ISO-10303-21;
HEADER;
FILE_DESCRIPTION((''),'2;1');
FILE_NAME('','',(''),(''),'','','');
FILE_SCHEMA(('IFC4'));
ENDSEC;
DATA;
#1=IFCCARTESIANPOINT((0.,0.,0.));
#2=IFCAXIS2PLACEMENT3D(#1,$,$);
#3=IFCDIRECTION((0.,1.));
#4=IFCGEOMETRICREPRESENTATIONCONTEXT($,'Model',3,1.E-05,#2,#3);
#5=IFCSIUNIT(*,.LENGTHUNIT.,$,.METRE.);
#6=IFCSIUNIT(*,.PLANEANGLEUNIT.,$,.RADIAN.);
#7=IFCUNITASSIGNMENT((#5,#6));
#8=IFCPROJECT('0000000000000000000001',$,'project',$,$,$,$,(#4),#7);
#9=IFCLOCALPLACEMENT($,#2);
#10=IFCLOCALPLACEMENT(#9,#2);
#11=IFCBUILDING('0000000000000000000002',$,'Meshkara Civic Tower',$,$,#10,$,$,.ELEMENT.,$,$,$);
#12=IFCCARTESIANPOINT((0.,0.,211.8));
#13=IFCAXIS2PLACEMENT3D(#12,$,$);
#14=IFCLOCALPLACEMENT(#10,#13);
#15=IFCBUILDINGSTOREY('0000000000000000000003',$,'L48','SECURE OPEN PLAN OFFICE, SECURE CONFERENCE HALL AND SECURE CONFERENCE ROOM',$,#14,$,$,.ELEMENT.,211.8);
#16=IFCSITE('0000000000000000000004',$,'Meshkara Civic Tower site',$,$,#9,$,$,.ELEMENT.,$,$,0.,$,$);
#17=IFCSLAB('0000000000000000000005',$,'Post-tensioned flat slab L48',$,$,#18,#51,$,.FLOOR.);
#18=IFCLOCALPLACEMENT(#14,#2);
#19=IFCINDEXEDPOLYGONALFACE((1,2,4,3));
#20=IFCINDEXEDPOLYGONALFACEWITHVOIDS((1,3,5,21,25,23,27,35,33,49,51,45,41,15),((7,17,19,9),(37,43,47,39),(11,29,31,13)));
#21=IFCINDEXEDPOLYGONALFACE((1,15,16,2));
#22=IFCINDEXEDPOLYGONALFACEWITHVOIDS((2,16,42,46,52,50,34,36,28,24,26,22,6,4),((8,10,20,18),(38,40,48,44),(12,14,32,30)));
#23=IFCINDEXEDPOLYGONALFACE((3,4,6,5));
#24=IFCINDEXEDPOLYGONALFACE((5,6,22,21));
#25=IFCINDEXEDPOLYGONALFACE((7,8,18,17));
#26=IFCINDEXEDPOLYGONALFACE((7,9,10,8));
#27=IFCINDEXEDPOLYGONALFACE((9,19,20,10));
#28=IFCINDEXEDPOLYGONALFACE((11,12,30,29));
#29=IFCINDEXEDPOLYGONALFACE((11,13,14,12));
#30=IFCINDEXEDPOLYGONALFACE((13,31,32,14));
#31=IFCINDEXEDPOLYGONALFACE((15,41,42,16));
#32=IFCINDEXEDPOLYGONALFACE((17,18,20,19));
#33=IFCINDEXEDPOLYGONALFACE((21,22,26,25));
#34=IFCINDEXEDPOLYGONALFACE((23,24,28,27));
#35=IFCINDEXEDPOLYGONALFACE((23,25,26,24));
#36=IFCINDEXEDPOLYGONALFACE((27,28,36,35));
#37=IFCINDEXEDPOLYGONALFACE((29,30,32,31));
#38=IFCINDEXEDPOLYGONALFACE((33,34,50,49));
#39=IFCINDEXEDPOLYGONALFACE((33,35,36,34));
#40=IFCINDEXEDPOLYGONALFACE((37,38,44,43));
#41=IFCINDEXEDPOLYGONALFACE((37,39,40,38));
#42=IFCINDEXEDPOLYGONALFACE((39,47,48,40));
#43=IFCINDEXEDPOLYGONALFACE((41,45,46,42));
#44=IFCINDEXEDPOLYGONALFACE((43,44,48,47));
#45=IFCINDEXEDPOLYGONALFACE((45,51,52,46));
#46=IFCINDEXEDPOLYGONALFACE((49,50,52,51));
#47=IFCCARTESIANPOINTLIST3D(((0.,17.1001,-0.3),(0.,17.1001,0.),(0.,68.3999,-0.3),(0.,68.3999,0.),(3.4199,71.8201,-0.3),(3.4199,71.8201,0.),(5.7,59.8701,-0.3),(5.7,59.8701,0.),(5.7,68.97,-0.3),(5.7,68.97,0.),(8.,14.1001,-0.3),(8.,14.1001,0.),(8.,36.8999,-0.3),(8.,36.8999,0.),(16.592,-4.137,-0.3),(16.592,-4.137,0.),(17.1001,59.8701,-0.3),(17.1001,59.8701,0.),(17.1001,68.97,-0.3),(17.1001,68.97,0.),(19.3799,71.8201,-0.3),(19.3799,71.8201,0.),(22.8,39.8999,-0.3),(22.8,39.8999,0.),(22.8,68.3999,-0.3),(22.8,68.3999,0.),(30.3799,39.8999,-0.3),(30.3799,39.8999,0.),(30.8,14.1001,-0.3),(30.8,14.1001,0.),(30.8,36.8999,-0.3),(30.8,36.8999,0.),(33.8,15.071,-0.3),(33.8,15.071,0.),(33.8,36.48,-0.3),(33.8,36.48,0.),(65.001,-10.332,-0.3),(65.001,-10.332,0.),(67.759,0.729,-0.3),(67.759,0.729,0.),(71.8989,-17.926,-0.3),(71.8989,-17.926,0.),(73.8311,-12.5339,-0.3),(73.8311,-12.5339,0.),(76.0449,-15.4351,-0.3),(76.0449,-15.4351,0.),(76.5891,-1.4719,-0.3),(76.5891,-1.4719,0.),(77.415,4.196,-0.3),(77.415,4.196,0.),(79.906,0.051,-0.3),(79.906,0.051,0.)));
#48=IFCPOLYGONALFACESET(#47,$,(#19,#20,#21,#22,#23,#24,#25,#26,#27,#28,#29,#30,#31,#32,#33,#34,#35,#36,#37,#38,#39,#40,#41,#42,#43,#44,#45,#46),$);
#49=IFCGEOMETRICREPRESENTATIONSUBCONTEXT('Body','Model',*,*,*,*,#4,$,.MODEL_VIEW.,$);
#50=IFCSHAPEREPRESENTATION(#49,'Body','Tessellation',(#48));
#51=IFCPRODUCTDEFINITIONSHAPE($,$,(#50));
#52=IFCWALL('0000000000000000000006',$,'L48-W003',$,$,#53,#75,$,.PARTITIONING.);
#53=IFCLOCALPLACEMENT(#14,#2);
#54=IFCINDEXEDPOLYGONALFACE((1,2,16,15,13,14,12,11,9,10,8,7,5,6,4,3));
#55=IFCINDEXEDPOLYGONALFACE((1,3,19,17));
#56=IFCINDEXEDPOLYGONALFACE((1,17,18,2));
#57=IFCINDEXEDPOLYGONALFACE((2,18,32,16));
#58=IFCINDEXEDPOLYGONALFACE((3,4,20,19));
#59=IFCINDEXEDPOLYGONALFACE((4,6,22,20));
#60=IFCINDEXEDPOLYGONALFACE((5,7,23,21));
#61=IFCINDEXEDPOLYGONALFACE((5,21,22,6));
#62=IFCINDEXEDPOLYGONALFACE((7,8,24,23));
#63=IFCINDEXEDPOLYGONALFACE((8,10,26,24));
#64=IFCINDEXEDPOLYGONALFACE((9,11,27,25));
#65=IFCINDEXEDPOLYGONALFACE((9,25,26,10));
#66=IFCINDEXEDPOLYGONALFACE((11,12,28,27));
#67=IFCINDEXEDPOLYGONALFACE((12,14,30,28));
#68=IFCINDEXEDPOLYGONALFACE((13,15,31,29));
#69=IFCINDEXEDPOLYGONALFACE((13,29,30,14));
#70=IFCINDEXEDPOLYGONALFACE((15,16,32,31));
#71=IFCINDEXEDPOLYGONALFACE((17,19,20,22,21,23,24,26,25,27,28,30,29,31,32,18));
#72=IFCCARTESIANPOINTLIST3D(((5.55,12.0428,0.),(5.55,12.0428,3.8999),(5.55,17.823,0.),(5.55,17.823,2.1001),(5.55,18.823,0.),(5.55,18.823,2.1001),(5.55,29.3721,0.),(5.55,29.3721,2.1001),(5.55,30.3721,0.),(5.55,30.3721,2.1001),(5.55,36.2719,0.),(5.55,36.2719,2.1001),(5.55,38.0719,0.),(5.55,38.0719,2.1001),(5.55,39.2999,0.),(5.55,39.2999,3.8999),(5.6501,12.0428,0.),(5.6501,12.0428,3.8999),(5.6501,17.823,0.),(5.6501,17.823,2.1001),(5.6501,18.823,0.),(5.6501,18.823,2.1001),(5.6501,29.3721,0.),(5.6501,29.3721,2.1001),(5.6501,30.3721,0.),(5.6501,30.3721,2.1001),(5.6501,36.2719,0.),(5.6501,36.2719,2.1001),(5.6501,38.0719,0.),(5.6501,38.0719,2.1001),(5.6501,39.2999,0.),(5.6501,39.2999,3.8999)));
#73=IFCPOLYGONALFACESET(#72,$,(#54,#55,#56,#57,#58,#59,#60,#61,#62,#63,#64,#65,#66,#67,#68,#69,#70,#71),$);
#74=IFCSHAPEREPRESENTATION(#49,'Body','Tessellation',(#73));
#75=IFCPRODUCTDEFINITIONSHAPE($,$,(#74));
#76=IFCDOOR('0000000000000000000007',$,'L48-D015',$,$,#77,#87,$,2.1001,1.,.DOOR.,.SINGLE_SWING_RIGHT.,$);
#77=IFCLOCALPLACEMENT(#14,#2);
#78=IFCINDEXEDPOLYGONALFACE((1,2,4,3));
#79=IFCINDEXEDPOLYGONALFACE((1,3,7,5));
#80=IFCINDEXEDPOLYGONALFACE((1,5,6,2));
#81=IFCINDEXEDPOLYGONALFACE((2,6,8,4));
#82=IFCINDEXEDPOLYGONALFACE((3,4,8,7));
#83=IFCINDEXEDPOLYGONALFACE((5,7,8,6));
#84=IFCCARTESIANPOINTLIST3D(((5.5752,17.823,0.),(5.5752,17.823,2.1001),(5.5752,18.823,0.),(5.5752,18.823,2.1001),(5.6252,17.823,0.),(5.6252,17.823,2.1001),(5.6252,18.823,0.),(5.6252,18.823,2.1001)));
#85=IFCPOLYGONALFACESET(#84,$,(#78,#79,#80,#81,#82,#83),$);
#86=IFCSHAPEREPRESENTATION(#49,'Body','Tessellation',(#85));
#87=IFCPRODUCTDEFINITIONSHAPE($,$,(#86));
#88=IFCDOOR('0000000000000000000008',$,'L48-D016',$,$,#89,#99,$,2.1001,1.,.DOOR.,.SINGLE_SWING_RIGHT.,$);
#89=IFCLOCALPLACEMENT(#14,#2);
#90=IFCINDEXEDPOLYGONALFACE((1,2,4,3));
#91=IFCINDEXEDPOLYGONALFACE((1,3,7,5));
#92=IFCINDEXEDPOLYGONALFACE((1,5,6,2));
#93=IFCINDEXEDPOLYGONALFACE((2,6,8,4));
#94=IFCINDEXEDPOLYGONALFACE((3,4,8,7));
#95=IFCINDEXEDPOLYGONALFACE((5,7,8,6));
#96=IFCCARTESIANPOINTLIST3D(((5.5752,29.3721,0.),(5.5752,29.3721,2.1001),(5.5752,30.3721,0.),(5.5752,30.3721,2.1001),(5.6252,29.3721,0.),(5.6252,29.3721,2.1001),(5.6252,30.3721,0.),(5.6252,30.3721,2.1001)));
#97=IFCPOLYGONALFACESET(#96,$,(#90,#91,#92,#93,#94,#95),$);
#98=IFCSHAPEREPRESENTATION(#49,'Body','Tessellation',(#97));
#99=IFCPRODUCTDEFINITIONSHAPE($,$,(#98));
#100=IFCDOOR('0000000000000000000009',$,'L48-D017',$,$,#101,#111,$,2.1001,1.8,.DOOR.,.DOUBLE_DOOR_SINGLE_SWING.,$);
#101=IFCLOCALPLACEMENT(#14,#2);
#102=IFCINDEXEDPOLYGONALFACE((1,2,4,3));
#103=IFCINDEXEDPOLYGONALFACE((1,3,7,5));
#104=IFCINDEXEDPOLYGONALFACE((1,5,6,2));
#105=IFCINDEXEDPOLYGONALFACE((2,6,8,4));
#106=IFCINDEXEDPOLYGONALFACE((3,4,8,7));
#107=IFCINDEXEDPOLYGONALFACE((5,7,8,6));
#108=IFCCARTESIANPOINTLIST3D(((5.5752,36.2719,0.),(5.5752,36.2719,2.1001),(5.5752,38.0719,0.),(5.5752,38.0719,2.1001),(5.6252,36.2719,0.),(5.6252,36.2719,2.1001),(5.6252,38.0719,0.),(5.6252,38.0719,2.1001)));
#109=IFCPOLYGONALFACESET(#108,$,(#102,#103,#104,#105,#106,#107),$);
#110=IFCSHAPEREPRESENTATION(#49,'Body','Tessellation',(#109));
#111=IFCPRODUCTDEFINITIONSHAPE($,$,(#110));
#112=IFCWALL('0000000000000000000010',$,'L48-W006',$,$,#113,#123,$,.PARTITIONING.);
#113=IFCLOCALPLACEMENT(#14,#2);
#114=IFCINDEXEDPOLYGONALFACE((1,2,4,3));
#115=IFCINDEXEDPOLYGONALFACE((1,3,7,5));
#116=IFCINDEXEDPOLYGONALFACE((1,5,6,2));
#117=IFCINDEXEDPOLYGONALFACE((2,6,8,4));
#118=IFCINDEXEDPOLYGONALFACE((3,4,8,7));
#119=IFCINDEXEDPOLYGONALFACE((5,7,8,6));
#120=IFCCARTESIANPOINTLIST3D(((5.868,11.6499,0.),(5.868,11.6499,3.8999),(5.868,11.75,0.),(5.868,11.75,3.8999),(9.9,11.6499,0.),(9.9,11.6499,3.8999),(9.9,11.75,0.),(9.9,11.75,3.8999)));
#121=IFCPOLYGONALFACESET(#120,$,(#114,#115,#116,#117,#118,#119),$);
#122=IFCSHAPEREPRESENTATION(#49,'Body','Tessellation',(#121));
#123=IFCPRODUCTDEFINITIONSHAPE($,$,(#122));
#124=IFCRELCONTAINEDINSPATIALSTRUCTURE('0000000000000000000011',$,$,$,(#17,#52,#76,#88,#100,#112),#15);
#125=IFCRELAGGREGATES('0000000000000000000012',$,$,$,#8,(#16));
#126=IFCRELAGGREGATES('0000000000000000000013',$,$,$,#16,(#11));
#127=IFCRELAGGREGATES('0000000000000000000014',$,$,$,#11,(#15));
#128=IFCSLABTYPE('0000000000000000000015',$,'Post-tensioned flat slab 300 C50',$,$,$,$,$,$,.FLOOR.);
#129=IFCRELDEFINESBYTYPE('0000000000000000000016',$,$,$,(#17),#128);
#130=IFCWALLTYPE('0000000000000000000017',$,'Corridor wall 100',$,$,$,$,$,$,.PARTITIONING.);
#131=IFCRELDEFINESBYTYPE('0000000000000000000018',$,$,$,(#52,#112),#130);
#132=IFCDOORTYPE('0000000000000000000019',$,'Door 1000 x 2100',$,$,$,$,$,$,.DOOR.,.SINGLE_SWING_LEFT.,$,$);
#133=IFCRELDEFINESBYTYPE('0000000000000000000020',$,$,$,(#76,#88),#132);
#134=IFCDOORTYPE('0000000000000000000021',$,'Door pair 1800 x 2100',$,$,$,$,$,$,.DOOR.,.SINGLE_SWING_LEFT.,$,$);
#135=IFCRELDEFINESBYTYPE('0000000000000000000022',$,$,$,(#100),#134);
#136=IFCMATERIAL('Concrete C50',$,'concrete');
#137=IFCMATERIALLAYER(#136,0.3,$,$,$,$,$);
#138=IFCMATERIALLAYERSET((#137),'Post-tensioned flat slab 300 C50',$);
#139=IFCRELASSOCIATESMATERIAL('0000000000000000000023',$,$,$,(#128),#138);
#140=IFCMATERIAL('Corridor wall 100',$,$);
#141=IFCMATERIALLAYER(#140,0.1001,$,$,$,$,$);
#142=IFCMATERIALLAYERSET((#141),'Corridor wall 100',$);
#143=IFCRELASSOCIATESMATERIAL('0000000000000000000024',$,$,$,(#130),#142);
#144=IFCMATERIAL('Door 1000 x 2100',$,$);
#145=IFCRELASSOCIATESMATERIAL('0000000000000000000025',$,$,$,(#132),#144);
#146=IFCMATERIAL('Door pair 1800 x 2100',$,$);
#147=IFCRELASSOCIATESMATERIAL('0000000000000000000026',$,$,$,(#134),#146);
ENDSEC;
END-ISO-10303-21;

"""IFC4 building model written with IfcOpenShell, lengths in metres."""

from ifc_helpers import new_model, si_unit, direction, frame, frame_2d, origin, place, context, subcontext, project, spatial, polyline, rectangle, outline, extrude, material, layer, layer_set, type_object, element, fill, save


model = new_model("IFC4")

# Units and contexts
model_context = context("Model", 3, precision=1e-05, world=origin(), true_north=direction((0.0, 1.0)))
body_context = subcontext(model_context, "Body", "Model", "MODEL_VIEW")
ifc_project = project(units=[si_unit("LENGTHUNIT", "METRE"), si_unit("PLANEANGLEUNIT", "RADIAN")], contexts=[model_context])

# Site, building, storey
site_placement = place(None, origin())
site = spatial("IfcSite", under=ifc_project, at=site_placement, Name="Meshkara Civic Tower site", CompositionType="ELEMENT", RefElevation=0.0)
building_placement = place(site_placement, origin())
building = spatial("IfcBuilding", under=site, at=building_placement, Name="Meshkara Civic Tower", CompositionType="ELEMENT")
storey_placement = place(building_placement, frame((0.0, 0.0, 211.8)))
storey = spatial("IfcBuildingStorey", under=building, at=storey_placement, Name="L48", Description="SECURE OPEN PLAN OFFICE, SECURE CONFERENCE HALL AND SECURE CONFERENCE ROOM", CompositionType="ELEMENT", Elevation=211.8)

# Slab
ifc_material_1 = material(Name="Concrete C50", Category="concrete")
ifc_layer_1 = layer(ifc_material_1, 0.3)
ifc_layer_set_1 = layer_set([ifc_layer_1], Name="Post-tensioned flat slab 300 C50")
slab_type_1 = type_object("IfcSlabType", Name="Post-tensioned flat slab 300 C50", PredefinedType="FLOOR", material=ifc_layer_set_1)
slab_1_placement = place(storey_placement, frame((0.0, 0.0, -0.3)))
element("IfcSlab", 1, at=slab_1_placement, inside=storey, type_object=slab_type_1, Name="Post-tensioned flat slab L48", PredefinedType="FLOOR", context=body_context, shape_type="SweptSolid", body=[
    extrude(outline(polyline([(76.0449, -15.4351), (71.8989, -17.926), (16.592, -4.137), (0.0, 17.1001), (0.0, 68.3999), (3.4199, 71.8201), (19.3799, 71.8201), (22.8, 68.3999), (22.8, 39.8999), (30.3799, 39.8999), (33.8, 36.48), (33.8, 15.071), (77.415, 4.196), (79.906, 0.051), (76.0449, -15.4351)]), holes=[polyline([(73.8311, -12.5339), (76.5891, -1.4719), (67.759, 0.729), (65.001, -10.332), (73.8311, -12.5339)]), polyline([(8.0, 14.1001), (30.8, 14.1001), (30.8, 36.8999), (8.0, 36.8999), (8.0, 14.1001)]), polyline([(5.7, 68.97), (5.7, 59.8701), (17.1001, 59.8701), (17.1001, 68.97), (5.7, 68.97)])]), origin(), (0.0, 0.0, 1.0), 0.3),
])

# Wall, openings, doors
ifc_material_2 = material(Name="Corridor wall 100")
ifc_layer_2 = layer(ifc_material_2, 0.1001)
ifc_layer_set_2 = layer_set([ifc_layer_2], Name="Corridor wall 100")
wall_type_1 = type_object("IfcWallType", Name="Corridor wall 100", PredefinedType="PARTITIONING", material=ifc_layer_set_2)
wall_1_placement = place(storey_placement, frame((5.6001, 12.043, 0.0), z_axis=(0.0, 0.0, 1.0), x_axis=(0.0, 1.0, 0.0)))
wall_1 = element("IfcWall", 2, at=wall_1_placement, inside=storey, type_object=wall_type_1, Name="L48-W003", PredefinedType="PARTITIONING", context=body_context, shape_type="SweptSolid", body=[
    extrude(rectangle(XDim=27.2571, YDim=0.1001, at=frame_2d((13.6284, 0.0))), origin(), (0.0, 0.0, 1.0), 3.8999),
])
opening_1_placement = place(wall_1_placement, frame((5.78, 0.0, 0.0)))
opening_1 = element("IfcOpeningElement", 3, at=opening_1_placement, cuts=wall_1, PredefinedType="OPENING", context=body_context, shape_type="SweptSolid", body=[
    extrude(rectangle(XDim=1.0, YDim=2.1001, at=frame_2d((0.5, 1.05))), frame((0.0, 0.0601, 0.0), z_axis=(0.0, -1.0, 0.0), x_axis=(1.0, 0.0, 0.0)), (0.0, 0.0, 1.0), 0.1201),
])
opening_2_placement = place(wall_1_placement, frame((17.3291, 0.0, 0.0)))
opening_2 = element("IfcOpeningElement", 4, at=opening_2_placement, cuts=wall_1, PredefinedType="OPENING", context=body_context, shape_type="SweptSolid", body=[
    extrude(rectangle(XDim=1.0, YDim=2.1001, at=frame_2d((0.5, 1.05))), frame((0.0, 0.0601, 0.0), z_axis=(0.0, -1.0, 0.0), x_axis=(1.0, 0.0, 0.0)), (0.0, 0.0, 1.0), 0.1201),
])
opening_3_placement = place(wall_1_placement, frame((24.229, 0.0, 0.0)))
opening_3 = element("IfcOpeningElement", 5, at=opening_3_placement, cuts=wall_1, PredefinedType="OPENING", context=body_context, shape_type="SweptSolid", body=[
    extrude(rectangle(XDim=1.8, YDim=2.1001, at=frame_2d((0.8999, 1.05))), frame((0.0, 0.0601, 0.0), z_axis=(0.0, -1.0, 0.0), x_axis=(1.0, 0.0, 0.0)), (0.0, 0.0, 1.0), 0.1201),
])
ifc_material_3 = material(Name="Door 1000 x 2100")
door_type_1 = type_object("IfcDoorType", Name="Door 1000 x 2100", OperationType="SINGLE_SWING_LEFT", PredefinedType="DOOR", material=ifc_material_3)
door_1_placement = place(opening_1_placement, origin())
door_1 = element("IfcDoor", 6, at=door_1_placement, inside=storey, type_object=door_type_1, Name="L48-D015", OperationType="SINGLE_SWING_RIGHT", OverallHeight=2.1001, OverallWidth=1.0, PredefinedType="DOOR", context=body_context, shape_type="SweptSolid", body=[
    extrude(rectangle(XDim=1.0, YDim=2.1001, at=frame_2d((0.5, 1.05))), frame((0.0, 0.0249, 0.0), z_axis=(0.0, -1.0, 0.0), x_axis=(1.0, 0.0, 0.0)), (0.0, 0.0, 1.0), 0.05),
])
fill(opening_1, door_1)
door_2_placement = place(opening_2_placement, origin())
door_2 = element("IfcDoor", 7, at=door_2_placement, inside=storey, type_object=door_type_1, Name="L48-D016", OperationType="SINGLE_SWING_RIGHT", OverallHeight=2.1001, OverallWidth=1.0, PredefinedType="DOOR", context=body_context, shape_type="SweptSolid", body=[
    extrude(rectangle(XDim=1.0, YDim=2.1001, at=frame_2d((0.5, 1.05))), frame((0.0, 0.0249, 0.0), z_axis=(0.0, -1.0, 0.0), x_axis=(1.0, 0.0, 0.0)), (0.0, 0.0, 1.0), 0.05),
])
fill(opening_2, door_2)
ifc_material_4 = material(Name="Door pair 1800 x 2100")
door_type_2 = type_object("IfcDoorType", Name="Door pair 1800 x 2100", OperationType="SINGLE_SWING_LEFT", PredefinedType="DOOR", material=ifc_material_4)
door_3_placement = place(opening_3_placement, origin())
door_3 = element("IfcDoor", 8, at=door_3_placement, inside=storey, type_object=door_type_2, Name="L48-D017", OperationType="DOUBLE_DOOR_SINGLE_SWING", OverallHeight=2.1001, OverallWidth=1.8, PredefinedType="DOOR", context=body_context, shape_type="SweptSolid", body=[
    extrude(rectangle(XDim=1.8, YDim=2.1001, at=frame_2d((0.8999, 1.05))), frame((0.0, 0.0249, 0.0), z_axis=(0.0, -1.0, 0.0), x_axis=(1.0, 0.0, 0.0)), (0.0, 0.0, 1.0), 0.05),
])
fill(opening_3, door_3)

# Wall
wall_2_placement = place(storey_placement, frame((5.8679, 11.7, 0.0), z_axis=(0.0, 0.0, 1.0), x_axis=(1.0, 0.0, 0.0)))
element("IfcWall", 9, at=wall_2_placement, inside=storey, type_object=wall_type_1, Name="L48-W006", PredefinedType="PARTITIONING", context=body_context, shape_type="SweptSolid", body=[
    extrude(rectangle(XDim=4.032, YDim=0.1001, at=frame_2d((2.0161, 0.0))), origin(), (0.0, 0.0, 1.0), 3.8999),
])

save(model, "model.ifc")
